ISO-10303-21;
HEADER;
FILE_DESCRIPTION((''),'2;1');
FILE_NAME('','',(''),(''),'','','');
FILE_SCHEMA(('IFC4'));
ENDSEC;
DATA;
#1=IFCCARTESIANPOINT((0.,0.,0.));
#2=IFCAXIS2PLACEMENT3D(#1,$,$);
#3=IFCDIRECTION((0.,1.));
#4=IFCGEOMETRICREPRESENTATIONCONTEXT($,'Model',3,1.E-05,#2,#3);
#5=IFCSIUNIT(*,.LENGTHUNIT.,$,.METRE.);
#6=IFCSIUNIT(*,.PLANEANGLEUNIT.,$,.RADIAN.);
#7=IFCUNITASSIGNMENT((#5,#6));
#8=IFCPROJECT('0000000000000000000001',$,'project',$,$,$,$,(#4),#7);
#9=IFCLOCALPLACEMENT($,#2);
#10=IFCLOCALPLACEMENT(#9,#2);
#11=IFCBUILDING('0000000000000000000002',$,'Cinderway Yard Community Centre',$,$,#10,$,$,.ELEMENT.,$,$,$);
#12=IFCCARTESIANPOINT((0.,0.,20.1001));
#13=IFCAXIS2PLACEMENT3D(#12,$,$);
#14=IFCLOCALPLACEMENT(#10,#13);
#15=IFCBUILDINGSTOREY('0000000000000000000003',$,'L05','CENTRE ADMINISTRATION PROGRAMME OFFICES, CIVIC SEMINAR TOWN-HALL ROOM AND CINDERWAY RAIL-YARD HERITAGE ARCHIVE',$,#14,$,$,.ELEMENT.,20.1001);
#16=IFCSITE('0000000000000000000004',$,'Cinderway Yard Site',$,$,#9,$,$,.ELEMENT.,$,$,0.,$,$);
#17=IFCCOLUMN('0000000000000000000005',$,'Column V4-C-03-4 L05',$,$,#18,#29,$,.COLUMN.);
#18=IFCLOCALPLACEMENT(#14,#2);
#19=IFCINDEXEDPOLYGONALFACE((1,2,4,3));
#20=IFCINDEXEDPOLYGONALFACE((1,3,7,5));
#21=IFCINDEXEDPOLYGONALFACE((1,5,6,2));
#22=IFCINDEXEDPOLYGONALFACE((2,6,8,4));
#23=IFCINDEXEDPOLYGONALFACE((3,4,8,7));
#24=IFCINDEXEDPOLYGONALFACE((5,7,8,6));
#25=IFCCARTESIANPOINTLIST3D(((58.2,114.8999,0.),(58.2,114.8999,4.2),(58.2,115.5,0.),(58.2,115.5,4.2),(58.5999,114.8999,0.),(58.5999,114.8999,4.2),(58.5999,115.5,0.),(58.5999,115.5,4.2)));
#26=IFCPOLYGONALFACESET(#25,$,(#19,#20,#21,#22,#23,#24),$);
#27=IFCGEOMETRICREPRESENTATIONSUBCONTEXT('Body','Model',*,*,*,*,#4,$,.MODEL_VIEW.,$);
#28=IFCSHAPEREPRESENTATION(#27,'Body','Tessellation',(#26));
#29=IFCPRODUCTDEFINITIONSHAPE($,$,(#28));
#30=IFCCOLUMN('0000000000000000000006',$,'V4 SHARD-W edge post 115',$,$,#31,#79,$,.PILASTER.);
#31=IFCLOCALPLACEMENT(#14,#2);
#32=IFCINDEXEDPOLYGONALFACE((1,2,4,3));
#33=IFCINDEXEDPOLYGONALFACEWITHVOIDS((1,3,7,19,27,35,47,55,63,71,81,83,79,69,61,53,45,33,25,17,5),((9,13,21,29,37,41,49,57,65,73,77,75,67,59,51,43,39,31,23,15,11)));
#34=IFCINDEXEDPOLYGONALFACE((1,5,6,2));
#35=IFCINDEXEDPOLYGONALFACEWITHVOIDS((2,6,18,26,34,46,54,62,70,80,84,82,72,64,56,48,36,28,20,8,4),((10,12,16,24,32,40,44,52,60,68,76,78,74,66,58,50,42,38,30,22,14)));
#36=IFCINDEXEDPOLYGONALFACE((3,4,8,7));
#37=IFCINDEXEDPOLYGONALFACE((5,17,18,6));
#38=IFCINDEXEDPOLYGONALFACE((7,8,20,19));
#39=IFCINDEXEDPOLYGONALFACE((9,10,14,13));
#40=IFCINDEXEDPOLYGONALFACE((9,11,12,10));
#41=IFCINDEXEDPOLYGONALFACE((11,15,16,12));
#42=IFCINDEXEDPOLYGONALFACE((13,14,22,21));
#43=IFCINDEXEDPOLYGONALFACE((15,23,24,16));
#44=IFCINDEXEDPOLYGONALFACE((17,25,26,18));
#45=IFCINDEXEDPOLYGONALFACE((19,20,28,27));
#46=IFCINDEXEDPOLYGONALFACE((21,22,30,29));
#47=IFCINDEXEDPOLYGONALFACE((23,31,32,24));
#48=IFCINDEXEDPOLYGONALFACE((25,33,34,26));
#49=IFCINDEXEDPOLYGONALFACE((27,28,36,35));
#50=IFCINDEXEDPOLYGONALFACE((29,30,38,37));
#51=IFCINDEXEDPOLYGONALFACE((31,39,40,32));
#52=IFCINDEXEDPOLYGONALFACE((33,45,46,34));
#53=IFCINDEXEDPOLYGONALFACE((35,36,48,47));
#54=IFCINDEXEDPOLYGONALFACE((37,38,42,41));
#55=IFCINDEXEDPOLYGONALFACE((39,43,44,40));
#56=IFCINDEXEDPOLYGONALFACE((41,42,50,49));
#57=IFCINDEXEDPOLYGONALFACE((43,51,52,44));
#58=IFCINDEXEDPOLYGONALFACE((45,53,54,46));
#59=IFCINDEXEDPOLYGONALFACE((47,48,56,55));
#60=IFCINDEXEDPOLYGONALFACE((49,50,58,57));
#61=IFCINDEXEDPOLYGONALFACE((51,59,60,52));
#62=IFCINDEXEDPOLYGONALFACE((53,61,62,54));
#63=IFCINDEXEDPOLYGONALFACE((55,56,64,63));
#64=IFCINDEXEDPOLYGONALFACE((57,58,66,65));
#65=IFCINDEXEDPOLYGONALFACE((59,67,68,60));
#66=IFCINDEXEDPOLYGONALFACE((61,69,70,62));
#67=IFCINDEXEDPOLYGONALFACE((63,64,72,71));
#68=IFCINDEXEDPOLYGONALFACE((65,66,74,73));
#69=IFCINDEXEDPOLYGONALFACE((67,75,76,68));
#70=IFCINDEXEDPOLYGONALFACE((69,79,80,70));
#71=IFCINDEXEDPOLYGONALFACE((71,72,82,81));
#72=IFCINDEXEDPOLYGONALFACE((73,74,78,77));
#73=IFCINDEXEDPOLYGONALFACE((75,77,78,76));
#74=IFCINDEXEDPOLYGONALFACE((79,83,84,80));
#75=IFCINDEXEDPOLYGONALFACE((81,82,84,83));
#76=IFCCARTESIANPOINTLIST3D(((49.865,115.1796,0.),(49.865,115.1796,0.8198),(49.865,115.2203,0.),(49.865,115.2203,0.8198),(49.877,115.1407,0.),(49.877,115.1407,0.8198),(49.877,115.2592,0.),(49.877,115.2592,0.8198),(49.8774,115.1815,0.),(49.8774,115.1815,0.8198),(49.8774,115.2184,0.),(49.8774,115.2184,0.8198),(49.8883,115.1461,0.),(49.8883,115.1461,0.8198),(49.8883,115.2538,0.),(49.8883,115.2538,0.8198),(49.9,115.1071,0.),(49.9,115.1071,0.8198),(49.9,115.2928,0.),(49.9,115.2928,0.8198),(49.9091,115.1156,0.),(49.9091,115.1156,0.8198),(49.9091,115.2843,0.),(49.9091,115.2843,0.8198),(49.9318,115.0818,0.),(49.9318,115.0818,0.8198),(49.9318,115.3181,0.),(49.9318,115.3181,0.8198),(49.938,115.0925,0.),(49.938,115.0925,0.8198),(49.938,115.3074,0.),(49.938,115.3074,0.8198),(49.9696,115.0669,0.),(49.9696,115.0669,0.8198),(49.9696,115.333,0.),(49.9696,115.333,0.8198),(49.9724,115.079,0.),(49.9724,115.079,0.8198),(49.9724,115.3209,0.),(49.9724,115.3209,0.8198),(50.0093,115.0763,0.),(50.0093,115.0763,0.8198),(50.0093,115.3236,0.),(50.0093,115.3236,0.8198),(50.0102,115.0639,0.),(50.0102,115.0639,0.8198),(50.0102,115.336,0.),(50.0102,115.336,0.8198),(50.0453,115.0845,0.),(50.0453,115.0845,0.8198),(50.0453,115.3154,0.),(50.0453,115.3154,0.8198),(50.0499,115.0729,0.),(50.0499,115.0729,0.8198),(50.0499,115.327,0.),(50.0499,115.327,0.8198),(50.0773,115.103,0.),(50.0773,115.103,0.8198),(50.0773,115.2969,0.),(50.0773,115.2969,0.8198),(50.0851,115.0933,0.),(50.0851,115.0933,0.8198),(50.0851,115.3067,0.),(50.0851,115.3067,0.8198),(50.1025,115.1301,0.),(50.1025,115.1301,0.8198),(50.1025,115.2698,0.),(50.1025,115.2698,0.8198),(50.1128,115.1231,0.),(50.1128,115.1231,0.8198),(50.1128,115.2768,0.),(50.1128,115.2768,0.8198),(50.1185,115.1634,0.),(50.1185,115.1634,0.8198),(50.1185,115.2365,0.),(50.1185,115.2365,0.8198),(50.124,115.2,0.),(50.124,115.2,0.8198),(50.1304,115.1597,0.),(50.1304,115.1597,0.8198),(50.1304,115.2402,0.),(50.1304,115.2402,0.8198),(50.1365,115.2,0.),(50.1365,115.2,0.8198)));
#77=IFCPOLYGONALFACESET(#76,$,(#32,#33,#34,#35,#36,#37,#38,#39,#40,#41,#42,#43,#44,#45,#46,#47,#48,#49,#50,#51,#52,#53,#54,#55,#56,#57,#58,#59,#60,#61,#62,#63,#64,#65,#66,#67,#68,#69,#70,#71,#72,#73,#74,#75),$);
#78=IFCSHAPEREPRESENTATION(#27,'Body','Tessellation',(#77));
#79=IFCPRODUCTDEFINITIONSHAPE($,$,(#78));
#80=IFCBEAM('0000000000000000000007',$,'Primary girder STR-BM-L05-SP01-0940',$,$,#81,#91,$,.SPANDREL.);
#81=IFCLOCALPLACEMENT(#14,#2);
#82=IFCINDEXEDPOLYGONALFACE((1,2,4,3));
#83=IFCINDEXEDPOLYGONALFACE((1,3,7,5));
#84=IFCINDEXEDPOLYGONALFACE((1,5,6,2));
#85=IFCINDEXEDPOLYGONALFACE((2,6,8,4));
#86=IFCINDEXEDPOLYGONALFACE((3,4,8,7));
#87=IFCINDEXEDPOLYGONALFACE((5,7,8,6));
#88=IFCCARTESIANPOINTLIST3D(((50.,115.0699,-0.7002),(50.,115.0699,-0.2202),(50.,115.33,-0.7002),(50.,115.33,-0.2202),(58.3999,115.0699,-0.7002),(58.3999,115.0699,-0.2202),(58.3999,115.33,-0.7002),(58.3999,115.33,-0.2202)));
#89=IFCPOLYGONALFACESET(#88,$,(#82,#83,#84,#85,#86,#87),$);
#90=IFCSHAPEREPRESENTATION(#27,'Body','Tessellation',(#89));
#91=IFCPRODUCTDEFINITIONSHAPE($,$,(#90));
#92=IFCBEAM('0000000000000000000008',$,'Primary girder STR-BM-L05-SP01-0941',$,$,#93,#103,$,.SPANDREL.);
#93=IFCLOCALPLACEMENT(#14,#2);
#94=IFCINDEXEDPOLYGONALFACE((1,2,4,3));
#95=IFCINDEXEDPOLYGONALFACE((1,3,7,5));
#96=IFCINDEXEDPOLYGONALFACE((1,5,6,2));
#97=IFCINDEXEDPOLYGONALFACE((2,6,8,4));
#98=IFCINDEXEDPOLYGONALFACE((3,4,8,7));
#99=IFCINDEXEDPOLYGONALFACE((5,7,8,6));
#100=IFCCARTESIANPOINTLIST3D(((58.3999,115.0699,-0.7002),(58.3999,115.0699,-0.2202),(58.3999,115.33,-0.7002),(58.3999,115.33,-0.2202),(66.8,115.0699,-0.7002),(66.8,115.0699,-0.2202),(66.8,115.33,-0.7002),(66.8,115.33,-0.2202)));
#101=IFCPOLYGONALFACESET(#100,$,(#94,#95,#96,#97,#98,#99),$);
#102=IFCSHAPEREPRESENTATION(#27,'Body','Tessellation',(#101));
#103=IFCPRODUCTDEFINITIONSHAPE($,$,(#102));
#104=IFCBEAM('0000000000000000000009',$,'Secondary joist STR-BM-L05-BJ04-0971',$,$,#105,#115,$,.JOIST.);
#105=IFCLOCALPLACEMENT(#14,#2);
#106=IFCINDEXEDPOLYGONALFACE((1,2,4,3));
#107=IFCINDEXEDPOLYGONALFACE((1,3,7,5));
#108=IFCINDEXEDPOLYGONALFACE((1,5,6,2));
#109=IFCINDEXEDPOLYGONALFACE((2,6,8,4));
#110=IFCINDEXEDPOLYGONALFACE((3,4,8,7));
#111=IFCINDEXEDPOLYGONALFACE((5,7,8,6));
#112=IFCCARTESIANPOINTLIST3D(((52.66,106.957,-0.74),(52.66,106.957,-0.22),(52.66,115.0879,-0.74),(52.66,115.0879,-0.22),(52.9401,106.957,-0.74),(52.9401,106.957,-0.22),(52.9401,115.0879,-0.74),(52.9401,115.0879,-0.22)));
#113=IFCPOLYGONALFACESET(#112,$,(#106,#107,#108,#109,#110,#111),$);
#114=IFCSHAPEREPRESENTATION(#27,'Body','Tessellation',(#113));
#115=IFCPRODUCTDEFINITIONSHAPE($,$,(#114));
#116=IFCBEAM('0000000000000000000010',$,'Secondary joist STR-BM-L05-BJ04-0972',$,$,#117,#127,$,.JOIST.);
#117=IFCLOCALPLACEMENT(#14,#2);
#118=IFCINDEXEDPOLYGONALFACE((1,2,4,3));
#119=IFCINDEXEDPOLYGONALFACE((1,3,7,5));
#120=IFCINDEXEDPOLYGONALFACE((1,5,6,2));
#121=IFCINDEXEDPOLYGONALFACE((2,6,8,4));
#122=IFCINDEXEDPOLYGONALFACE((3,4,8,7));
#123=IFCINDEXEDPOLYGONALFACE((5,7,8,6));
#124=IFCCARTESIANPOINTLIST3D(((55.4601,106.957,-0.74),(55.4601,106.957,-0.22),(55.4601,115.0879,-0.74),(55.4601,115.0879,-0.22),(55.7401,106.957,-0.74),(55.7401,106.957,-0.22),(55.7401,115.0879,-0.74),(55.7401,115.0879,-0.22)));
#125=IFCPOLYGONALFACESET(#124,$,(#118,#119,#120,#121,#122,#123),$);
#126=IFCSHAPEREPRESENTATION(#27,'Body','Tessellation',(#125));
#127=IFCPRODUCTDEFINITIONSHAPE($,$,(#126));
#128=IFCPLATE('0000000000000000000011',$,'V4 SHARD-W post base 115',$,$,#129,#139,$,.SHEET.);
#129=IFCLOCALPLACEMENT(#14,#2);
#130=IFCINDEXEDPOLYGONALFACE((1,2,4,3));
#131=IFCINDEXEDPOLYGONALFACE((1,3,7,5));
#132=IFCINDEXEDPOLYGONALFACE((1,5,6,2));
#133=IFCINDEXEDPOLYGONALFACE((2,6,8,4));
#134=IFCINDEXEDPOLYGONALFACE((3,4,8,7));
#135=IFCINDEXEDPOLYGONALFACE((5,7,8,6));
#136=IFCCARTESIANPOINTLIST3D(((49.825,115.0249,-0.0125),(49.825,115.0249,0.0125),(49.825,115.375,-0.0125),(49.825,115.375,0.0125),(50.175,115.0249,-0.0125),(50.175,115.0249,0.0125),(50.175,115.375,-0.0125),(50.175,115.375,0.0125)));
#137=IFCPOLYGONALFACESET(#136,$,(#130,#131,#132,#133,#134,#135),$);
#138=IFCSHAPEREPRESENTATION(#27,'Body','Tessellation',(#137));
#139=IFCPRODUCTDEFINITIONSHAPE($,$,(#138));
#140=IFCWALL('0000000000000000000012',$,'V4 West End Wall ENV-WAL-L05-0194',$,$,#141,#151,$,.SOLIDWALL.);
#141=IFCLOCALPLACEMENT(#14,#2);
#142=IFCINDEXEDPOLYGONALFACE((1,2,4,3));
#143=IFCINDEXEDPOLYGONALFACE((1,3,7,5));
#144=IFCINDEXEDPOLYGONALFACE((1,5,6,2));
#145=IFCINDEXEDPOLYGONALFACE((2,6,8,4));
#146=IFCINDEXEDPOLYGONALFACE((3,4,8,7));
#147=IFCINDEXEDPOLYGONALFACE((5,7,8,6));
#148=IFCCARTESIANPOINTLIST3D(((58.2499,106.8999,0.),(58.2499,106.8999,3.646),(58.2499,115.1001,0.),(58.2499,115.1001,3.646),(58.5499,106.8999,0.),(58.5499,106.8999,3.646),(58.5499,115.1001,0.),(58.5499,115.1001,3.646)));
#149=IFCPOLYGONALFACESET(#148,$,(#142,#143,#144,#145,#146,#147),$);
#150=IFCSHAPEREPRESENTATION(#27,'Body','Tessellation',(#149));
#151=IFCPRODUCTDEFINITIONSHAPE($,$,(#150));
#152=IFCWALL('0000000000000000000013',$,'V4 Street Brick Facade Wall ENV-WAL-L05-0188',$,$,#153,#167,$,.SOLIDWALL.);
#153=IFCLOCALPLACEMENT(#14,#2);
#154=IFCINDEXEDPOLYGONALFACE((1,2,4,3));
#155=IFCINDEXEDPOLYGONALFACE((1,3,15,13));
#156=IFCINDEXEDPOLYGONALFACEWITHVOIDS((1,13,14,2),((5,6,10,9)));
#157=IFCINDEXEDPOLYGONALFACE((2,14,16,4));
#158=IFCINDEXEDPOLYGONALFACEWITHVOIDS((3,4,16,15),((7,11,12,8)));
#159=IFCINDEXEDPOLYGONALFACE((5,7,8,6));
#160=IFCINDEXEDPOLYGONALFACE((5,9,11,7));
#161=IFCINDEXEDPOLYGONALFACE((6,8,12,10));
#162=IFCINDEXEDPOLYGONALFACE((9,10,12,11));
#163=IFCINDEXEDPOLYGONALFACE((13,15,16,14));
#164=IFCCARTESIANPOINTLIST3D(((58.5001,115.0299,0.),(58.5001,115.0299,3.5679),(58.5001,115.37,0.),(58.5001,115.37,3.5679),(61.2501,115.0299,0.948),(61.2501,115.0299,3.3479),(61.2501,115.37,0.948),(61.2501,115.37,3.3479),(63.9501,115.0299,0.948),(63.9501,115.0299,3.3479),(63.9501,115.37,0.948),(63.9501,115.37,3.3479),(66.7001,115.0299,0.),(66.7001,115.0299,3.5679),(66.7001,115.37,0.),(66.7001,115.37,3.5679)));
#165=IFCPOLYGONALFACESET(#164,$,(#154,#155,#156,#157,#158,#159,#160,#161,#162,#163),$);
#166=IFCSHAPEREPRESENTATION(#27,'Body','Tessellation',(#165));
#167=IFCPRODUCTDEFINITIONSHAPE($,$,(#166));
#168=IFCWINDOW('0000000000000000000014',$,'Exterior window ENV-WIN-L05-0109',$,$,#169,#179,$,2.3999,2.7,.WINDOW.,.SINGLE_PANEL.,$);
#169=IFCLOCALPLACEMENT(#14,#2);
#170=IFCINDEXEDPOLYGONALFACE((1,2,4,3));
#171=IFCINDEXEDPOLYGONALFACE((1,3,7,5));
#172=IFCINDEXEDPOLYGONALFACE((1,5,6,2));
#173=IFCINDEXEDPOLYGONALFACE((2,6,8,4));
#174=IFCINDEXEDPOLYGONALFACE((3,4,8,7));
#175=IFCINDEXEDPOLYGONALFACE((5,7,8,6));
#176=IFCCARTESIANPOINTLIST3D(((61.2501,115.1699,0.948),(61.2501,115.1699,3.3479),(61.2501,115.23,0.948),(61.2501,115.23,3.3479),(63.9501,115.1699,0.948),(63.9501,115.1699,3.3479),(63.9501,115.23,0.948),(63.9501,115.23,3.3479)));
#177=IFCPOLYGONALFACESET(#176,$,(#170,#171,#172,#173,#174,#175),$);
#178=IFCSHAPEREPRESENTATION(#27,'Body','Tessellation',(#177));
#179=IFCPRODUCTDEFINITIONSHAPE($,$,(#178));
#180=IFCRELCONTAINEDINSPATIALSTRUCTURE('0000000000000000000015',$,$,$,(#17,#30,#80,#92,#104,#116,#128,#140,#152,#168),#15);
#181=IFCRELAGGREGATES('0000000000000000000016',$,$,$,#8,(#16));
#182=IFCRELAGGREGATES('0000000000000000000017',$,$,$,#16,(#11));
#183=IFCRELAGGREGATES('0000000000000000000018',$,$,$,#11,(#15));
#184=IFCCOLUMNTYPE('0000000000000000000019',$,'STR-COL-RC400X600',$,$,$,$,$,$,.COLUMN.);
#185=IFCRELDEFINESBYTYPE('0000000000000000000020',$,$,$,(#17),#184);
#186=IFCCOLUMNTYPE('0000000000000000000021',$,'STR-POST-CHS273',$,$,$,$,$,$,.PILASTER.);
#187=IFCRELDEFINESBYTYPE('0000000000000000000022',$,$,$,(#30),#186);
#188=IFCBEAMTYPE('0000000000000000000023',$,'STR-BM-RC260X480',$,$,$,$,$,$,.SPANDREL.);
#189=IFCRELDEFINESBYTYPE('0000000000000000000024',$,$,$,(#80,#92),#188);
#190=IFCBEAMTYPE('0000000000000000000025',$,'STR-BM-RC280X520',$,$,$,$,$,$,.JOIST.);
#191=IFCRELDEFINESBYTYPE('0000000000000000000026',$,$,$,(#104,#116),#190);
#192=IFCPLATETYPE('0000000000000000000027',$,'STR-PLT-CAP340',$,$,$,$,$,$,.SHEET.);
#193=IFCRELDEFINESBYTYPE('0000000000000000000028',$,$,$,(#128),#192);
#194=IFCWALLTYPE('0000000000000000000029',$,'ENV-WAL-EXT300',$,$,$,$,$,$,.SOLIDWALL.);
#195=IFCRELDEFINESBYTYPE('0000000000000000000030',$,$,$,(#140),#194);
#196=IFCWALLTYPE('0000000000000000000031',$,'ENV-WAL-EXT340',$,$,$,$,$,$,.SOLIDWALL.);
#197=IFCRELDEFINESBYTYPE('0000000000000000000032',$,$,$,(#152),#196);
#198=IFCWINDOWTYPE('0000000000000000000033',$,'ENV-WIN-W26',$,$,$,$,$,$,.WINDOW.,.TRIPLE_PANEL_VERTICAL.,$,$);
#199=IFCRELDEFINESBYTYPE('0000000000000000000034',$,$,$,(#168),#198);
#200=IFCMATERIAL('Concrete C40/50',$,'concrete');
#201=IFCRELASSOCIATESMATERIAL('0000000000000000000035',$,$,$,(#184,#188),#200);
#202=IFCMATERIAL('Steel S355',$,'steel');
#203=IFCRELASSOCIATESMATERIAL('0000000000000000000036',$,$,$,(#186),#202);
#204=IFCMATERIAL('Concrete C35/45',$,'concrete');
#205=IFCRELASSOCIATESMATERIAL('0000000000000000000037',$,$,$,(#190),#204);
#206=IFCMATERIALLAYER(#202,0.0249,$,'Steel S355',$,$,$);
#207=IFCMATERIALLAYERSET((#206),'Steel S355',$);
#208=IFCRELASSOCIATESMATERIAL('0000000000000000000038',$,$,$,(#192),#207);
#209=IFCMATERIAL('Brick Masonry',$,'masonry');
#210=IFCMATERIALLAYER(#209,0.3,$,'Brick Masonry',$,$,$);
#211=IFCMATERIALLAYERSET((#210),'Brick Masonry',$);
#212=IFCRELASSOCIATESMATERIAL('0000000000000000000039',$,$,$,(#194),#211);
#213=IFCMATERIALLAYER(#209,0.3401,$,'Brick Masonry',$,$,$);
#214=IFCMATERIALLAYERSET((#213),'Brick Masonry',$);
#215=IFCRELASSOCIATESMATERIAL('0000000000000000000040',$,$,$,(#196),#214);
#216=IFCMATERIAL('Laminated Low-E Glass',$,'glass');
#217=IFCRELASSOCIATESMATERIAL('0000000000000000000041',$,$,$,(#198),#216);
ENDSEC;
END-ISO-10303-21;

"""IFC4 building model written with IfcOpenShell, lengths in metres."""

from ifc_helpers import new_model, si_unit, direction, frame, frame_2d, origin, origin_2d, place, context, subcontext, project, spatial, rectangle, hollow_circle, extrude, material, layer, layer_set, material_profile, profile_set, type_object, element, fill, save


model = new_model("IFC4")

# Units and contexts
model_context = context("Model", 3, precision=1e-05, world=origin(), true_north=direction((0.0, 1.0)))
body_context = subcontext(model_context, "Body", "Model", "MODEL_VIEW")
ifc_project = project(units=[si_unit("LENGTHUNIT", "METRE"), si_unit("PLANEANGLEUNIT", "RADIAN")], contexts=[model_context])

# Site, building, storey
site_placement = place(None, origin())
site = spatial("IfcSite", under=ifc_project, at=site_placement, Name="Cinderway Yard Site", CompositionType="ELEMENT", RefElevation=0.0)
building_placement = place(site_placement, origin())
building = spatial("IfcBuilding", under=site, at=building_placement, Name="Cinderway Yard Community Centre", CompositionType="ELEMENT")
storey_placement = place(building_placement, frame((0.0, 0.0, 20.1001)))
storey = spatial("IfcBuildingStorey", under=building, at=storey_placement, Name="L05", Description="CENTRE ADMINISTRATION PROGRAMME OFFICES, CIVIC SEMINAR TOWN-HALL ROOM AND CINDERWAY RAIL-YARD HERITAGE ARCHIVE", CompositionType="ELEMENT", Elevation=20.1001)

# Columns
ifc_material_1 = material(Name="Concrete C40/50", Category="concrete")
ifc_material_profile_1 = material_profile(ifc_material_1, rectangle(XDim=0.3999, YDim=0.6001, at=origin_2d()), Name="Concrete C40/50")
ifc_profile_set_1 = profile_set([ifc_material_profile_1], Name="Concrete C40/50")
column_type_1 = type_object("IfcColumnType", Name="STR-COL-RC400X600", PredefinedType="COLUMN", material=ifc_profile_set_1)
column_1_placement = place(storey_placement, frame((58.3999, 115.2, 0.0), z_axis=(0.0, 0.0, 1.0), x_axis=(1.0, 0.0, 0.0)))
element("IfcColumn", 1, at=column_1_placement, inside=storey, type_object=column_type_1, Name="Column V4-C-03-4 L05", PredefinedType="COLUMN", context=body_context, shape_type="SweptSolid", body=[
    extrude(rectangle(XDim=0.3999, YDim=0.6001, at=origin_2d()), origin(), (0.0, 0.0, 1.0), 4.2),
])
ifc_material_2 = material(Name="Steel S355", Category="steel")
ifc_material_profile_2 = material_profile(ifc_material_2, hollow_circle(Radius=0.1365, WallThickness=0.0125, at=origin_2d()), Name="Steel S355")
ifc_profile_set_2 = profile_set([ifc_material_profile_2], Name="Steel S355")
column_type_2 = type_object("IfcColumnType", Name="STR-POST-CHS273", PredefinedType="PILASTER", material=ifc_profile_set_2)
column_2_placement = place(storey_placement, frame((50.0, 115.2, 0.0), z_axis=(0.0, 0.0, 1.0), x_axis=(1.0, 0.0, 0.0)))
element("IfcColumn", 2, at=column_2_placement, inside=storey, type_object=column_type_2, Name="V4 SHARD-W edge post 115", PredefinedType="PILASTER", context=body_context, shape_type="SweptSolid", body=[
    extrude(hollow_circle(Radius=0.1365, WallThickness=0.0125, at=origin_2d()), origin(), (0.0, 0.0, 1.0), 0.8198),
])

# Beams
ifc_material_profile_3 = material_profile(ifc_material_1, rectangle(XDim=0.26, YDim=0.48, at=origin_2d()), Name="Concrete C40/50")
ifc_profile_set_3 = profile_set([ifc_material_profile_3], Name="Concrete C40/50")
beam_type_1 = type_object("IfcBeamType", Name="STR-BM-RC260X480", PredefinedType="SPANDREL", material=ifc_profile_set_3)
beam_1_placement = place(storey_placement, frame((50.0, 115.2, -0.4602), z_axis=(1.0, 0.0, 0.0), x_axis=(0.0, 1.0, 0.0)))
element("IfcBeam", 3, at=beam_1_placement, inside=storey, type_object=beam_type_1, Name="Primary girder STR-BM-L05-SP01-0940", PredefinedType="SPANDREL", context=body_context, shape_type="SweptSolid", body=[
    extrude(rectangle(XDim=0.26, YDim=0.48, at=origin_2d()), origin(), (0.0, 0.0, 1.0), 8.3999),
])
beam_2_placement = place(storey_placement, frame((58.3999, 115.2, -0.4602), z_axis=(1.0, 0.0, 0.0), x_axis=(0.0, 1.0, 0.0)))
element("IfcBeam", 4, at=beam_2_placement, inside=storey, type_object=beam_type_1, Name="Primary girder STR-BM-L05-SP01-0941", PredefinedType="SPANDREL", context=body_context, shape_type="SweptSolid", body=[
    extrude(rectangle(XDim=0.26, YDim=0.48, at=origin_2d()), origin(), (0.0, 0.0, 1.0), 8.4001),
])
ifc_material_3 = material(Name="Concrete C35/45", Category="concrete")
ifc_material_profile_4 = material_profile(ifc_material_3, rectangle(XDim=0.28, YDim=0.52, at=origin_2d()), Name="Concrete C35/45")
ifc_profile_set_4 = profile_set([ifc_material_profile_4], Name="Concrete C35/45")
beam_type_2 = type_object("IfcBeamType", Name="STR-BM-RC280X520", PredefinedType="JOIST", material=ifc_profile_set_4)
for number, where, z_axis, x_axis, name in (
    (5, (52.8, 106.957, -0.48), (0.0, 1.0, 0.0), (-1.0, 0.0, 0.0), "Secondary joist STR-BM-L05-BJ04-0971"),
    (6, (55.6001, 106.957, -0.48), (0.0, 1.0, 0.0), (-1.0, 0.0, 0.0), "Secondary joist STR-BM-L05-BJ04-0972"),
):
    element("IfcBeam", number, at=place(storey_placement, frame(where, z_axis=z_axis, x_axis=x_axis)), inside=storey, type_object=beam_type_2, Name=name, PredefinedType="JOIST", context=body_context, shape_type="SweptSolid", body=[
        extrude(rectangle(XDim=0.28, YDim=0.52, at=origin_2d()), origin(), (0.0, 0.0, 1.0), 8.1309),
    ])

# Plate
ifc_layer_1 = layer(ifc_material_2, 0.0249, Name="Steel S355")
ifc_layer_set_1 = layer_set([ifc_layer_1], Name="Steel S355")
plate_type = type_object("IfcPlateType", Name="STR-PLT-CAP340", PredefinedType="SHEET", material=ifc_layer_set_1)
plate_placement = place(storey_placement, frame((50.0, 115.2, -0.0125), z_axis=(0.0, 0.0, 1.0), x_axis=(1.0, 0.0, 0.0)))
element("IfcPlate", 7, at=plate_placement, inside=storey, type_object=plate_type, Name="V4 SHARD-W post base 115", PredefinedType="SHEET", context=body_context, shape_type="SweptSolid", body=[
    extrude(rectangle(XDim=0.3501, YDim=0.3501, at=origin_2d()), origin(), (0.0, 0.0, 1.0), 0.0249),
])

# Wall
ifc_material_4 = material(Name="Brick Masonry", Category="masonry")
ifc_layer_2 = layer(ifc_material_4, 0.3, Name="Brick Masonry")
ifc_layer_set_2 = layer_set([ifc_layer_2], Name="Brick Masonry")
wall_type_1 = type_object("IfcWallType", Name="ENV-WAL-EXT300", PredefinedType="SOLIDWALL", material=ifc_layer_set_2)
wall_1_placement = place(storey_placement, frame((58.3999, 106.8999, 0.0), z_axis=(0.0, 0.0, 1.0), x_axis=(0.0, 1.0, 0.0)))
element("IfcWall", 8, at=wall_1_placement, inside=storey, type_object=wall_type_1, Name="V4 West End Wall ENV-WAL-L05-0194", PredefinedType="SOLIDWALL", context=body_context, shape_type="SweptSolid", body=[
    extrude(rectangle(XDim=8.2002, YDim=0.3, at=frame_2d((4.1001, 0.0))), origin(), (0.0, 0.0, 1.0), 3.646),
])

# Wall, opening, window
ifc_layer_3 = layer(ifc_material_4, 0.3401, Name="Brick Masonry")
ifc_layer_set_3 = layer_set([ifc_layer_3], Name="Brick Masonry")
wall_type_2 = type_object("IfcWallType", Name="ENV-WAL-EXT340", PredefinedType="SOLIDWALL", material=ifc_layer_set_3)
wall_2_placement = place(storey_placement, frame((58.5, 115.2, 0.0), z_axis=(0.0, 0.0, 1.0), x_axis=(1.0, 0.0, 0.0)))
wall_2 = element("IfcWall", 9, at=wall_2_placement, inside=storey, type_object=wall_type_2, Name="V4 Street Brick Facade Wall ENV-WAL-L05-0188", PredefinedType="SOLIDWALL", context=body_context, shape_type="SweptSolid", body=[
    extrude(rectangle(XDim=8.2, YDim=0.3401, at=frame_2d((4.1001, 0.0))), origin(), (0.0, 0.0, 1.0), 3.5679),
])
opening_1_placement = place(wall_2_placement, frame((2.75, 0.0, 0.948)))
opening_1 = element("IfcOpeningElement", 10, at=opening_1_placement, cuts=wall_2, PredefinedType="OPENING", context=body_context, shape_type="SweptSolid", body=[
    extrude(rectangle(XDim=2.7, YDim=2.3999, at=frame_2d((1.3501, 1.2))), frame((0.0, 0.1799, 0.0), z_axis=(0.0, -1.0, 0.0), x_axis=(1.0, 0.0, 0.0)), (0.0, 0.0, 1.0), 0.3601),
])
ifc_material_5 = material(Name="Laminated Low-E Glass", Category="glass")
window_type = type_object("IfcWindowType", Name="ENV-WIN-W26", PartitioningType="TRIPLE_PANEL_VERTICAL", PredefinedType="WINDOW", material=ifc_material_5)
window_placement = place(opening_1_placement, origin())
window = element("IfcWindow", 11, at=window_placement, inside=storey, type_object=window_type, Name="Exterior window ENV-WIN-L05-0109", OverallHeight=2.3999, OverallWidth=2.7, PartitioningType="SINGLE_PANEL", PredefinedType="WINDOW", context=body_context, shape_type="SweptSolid", body=[
    extrude(rectangle(XDim=2.7, YDim=2.3999, at=frame_2d((1.3501, 1.2))), frame((0.0, 0.03, 0.0), z_axis=(0.0, -1.0, 0.0), x_axis=(1.0, 0.0, 0.0)), (0.0, 0.0, 1.0), 0.0601),
])
fill(opening_1, window)

save(model, "model.ifc")
